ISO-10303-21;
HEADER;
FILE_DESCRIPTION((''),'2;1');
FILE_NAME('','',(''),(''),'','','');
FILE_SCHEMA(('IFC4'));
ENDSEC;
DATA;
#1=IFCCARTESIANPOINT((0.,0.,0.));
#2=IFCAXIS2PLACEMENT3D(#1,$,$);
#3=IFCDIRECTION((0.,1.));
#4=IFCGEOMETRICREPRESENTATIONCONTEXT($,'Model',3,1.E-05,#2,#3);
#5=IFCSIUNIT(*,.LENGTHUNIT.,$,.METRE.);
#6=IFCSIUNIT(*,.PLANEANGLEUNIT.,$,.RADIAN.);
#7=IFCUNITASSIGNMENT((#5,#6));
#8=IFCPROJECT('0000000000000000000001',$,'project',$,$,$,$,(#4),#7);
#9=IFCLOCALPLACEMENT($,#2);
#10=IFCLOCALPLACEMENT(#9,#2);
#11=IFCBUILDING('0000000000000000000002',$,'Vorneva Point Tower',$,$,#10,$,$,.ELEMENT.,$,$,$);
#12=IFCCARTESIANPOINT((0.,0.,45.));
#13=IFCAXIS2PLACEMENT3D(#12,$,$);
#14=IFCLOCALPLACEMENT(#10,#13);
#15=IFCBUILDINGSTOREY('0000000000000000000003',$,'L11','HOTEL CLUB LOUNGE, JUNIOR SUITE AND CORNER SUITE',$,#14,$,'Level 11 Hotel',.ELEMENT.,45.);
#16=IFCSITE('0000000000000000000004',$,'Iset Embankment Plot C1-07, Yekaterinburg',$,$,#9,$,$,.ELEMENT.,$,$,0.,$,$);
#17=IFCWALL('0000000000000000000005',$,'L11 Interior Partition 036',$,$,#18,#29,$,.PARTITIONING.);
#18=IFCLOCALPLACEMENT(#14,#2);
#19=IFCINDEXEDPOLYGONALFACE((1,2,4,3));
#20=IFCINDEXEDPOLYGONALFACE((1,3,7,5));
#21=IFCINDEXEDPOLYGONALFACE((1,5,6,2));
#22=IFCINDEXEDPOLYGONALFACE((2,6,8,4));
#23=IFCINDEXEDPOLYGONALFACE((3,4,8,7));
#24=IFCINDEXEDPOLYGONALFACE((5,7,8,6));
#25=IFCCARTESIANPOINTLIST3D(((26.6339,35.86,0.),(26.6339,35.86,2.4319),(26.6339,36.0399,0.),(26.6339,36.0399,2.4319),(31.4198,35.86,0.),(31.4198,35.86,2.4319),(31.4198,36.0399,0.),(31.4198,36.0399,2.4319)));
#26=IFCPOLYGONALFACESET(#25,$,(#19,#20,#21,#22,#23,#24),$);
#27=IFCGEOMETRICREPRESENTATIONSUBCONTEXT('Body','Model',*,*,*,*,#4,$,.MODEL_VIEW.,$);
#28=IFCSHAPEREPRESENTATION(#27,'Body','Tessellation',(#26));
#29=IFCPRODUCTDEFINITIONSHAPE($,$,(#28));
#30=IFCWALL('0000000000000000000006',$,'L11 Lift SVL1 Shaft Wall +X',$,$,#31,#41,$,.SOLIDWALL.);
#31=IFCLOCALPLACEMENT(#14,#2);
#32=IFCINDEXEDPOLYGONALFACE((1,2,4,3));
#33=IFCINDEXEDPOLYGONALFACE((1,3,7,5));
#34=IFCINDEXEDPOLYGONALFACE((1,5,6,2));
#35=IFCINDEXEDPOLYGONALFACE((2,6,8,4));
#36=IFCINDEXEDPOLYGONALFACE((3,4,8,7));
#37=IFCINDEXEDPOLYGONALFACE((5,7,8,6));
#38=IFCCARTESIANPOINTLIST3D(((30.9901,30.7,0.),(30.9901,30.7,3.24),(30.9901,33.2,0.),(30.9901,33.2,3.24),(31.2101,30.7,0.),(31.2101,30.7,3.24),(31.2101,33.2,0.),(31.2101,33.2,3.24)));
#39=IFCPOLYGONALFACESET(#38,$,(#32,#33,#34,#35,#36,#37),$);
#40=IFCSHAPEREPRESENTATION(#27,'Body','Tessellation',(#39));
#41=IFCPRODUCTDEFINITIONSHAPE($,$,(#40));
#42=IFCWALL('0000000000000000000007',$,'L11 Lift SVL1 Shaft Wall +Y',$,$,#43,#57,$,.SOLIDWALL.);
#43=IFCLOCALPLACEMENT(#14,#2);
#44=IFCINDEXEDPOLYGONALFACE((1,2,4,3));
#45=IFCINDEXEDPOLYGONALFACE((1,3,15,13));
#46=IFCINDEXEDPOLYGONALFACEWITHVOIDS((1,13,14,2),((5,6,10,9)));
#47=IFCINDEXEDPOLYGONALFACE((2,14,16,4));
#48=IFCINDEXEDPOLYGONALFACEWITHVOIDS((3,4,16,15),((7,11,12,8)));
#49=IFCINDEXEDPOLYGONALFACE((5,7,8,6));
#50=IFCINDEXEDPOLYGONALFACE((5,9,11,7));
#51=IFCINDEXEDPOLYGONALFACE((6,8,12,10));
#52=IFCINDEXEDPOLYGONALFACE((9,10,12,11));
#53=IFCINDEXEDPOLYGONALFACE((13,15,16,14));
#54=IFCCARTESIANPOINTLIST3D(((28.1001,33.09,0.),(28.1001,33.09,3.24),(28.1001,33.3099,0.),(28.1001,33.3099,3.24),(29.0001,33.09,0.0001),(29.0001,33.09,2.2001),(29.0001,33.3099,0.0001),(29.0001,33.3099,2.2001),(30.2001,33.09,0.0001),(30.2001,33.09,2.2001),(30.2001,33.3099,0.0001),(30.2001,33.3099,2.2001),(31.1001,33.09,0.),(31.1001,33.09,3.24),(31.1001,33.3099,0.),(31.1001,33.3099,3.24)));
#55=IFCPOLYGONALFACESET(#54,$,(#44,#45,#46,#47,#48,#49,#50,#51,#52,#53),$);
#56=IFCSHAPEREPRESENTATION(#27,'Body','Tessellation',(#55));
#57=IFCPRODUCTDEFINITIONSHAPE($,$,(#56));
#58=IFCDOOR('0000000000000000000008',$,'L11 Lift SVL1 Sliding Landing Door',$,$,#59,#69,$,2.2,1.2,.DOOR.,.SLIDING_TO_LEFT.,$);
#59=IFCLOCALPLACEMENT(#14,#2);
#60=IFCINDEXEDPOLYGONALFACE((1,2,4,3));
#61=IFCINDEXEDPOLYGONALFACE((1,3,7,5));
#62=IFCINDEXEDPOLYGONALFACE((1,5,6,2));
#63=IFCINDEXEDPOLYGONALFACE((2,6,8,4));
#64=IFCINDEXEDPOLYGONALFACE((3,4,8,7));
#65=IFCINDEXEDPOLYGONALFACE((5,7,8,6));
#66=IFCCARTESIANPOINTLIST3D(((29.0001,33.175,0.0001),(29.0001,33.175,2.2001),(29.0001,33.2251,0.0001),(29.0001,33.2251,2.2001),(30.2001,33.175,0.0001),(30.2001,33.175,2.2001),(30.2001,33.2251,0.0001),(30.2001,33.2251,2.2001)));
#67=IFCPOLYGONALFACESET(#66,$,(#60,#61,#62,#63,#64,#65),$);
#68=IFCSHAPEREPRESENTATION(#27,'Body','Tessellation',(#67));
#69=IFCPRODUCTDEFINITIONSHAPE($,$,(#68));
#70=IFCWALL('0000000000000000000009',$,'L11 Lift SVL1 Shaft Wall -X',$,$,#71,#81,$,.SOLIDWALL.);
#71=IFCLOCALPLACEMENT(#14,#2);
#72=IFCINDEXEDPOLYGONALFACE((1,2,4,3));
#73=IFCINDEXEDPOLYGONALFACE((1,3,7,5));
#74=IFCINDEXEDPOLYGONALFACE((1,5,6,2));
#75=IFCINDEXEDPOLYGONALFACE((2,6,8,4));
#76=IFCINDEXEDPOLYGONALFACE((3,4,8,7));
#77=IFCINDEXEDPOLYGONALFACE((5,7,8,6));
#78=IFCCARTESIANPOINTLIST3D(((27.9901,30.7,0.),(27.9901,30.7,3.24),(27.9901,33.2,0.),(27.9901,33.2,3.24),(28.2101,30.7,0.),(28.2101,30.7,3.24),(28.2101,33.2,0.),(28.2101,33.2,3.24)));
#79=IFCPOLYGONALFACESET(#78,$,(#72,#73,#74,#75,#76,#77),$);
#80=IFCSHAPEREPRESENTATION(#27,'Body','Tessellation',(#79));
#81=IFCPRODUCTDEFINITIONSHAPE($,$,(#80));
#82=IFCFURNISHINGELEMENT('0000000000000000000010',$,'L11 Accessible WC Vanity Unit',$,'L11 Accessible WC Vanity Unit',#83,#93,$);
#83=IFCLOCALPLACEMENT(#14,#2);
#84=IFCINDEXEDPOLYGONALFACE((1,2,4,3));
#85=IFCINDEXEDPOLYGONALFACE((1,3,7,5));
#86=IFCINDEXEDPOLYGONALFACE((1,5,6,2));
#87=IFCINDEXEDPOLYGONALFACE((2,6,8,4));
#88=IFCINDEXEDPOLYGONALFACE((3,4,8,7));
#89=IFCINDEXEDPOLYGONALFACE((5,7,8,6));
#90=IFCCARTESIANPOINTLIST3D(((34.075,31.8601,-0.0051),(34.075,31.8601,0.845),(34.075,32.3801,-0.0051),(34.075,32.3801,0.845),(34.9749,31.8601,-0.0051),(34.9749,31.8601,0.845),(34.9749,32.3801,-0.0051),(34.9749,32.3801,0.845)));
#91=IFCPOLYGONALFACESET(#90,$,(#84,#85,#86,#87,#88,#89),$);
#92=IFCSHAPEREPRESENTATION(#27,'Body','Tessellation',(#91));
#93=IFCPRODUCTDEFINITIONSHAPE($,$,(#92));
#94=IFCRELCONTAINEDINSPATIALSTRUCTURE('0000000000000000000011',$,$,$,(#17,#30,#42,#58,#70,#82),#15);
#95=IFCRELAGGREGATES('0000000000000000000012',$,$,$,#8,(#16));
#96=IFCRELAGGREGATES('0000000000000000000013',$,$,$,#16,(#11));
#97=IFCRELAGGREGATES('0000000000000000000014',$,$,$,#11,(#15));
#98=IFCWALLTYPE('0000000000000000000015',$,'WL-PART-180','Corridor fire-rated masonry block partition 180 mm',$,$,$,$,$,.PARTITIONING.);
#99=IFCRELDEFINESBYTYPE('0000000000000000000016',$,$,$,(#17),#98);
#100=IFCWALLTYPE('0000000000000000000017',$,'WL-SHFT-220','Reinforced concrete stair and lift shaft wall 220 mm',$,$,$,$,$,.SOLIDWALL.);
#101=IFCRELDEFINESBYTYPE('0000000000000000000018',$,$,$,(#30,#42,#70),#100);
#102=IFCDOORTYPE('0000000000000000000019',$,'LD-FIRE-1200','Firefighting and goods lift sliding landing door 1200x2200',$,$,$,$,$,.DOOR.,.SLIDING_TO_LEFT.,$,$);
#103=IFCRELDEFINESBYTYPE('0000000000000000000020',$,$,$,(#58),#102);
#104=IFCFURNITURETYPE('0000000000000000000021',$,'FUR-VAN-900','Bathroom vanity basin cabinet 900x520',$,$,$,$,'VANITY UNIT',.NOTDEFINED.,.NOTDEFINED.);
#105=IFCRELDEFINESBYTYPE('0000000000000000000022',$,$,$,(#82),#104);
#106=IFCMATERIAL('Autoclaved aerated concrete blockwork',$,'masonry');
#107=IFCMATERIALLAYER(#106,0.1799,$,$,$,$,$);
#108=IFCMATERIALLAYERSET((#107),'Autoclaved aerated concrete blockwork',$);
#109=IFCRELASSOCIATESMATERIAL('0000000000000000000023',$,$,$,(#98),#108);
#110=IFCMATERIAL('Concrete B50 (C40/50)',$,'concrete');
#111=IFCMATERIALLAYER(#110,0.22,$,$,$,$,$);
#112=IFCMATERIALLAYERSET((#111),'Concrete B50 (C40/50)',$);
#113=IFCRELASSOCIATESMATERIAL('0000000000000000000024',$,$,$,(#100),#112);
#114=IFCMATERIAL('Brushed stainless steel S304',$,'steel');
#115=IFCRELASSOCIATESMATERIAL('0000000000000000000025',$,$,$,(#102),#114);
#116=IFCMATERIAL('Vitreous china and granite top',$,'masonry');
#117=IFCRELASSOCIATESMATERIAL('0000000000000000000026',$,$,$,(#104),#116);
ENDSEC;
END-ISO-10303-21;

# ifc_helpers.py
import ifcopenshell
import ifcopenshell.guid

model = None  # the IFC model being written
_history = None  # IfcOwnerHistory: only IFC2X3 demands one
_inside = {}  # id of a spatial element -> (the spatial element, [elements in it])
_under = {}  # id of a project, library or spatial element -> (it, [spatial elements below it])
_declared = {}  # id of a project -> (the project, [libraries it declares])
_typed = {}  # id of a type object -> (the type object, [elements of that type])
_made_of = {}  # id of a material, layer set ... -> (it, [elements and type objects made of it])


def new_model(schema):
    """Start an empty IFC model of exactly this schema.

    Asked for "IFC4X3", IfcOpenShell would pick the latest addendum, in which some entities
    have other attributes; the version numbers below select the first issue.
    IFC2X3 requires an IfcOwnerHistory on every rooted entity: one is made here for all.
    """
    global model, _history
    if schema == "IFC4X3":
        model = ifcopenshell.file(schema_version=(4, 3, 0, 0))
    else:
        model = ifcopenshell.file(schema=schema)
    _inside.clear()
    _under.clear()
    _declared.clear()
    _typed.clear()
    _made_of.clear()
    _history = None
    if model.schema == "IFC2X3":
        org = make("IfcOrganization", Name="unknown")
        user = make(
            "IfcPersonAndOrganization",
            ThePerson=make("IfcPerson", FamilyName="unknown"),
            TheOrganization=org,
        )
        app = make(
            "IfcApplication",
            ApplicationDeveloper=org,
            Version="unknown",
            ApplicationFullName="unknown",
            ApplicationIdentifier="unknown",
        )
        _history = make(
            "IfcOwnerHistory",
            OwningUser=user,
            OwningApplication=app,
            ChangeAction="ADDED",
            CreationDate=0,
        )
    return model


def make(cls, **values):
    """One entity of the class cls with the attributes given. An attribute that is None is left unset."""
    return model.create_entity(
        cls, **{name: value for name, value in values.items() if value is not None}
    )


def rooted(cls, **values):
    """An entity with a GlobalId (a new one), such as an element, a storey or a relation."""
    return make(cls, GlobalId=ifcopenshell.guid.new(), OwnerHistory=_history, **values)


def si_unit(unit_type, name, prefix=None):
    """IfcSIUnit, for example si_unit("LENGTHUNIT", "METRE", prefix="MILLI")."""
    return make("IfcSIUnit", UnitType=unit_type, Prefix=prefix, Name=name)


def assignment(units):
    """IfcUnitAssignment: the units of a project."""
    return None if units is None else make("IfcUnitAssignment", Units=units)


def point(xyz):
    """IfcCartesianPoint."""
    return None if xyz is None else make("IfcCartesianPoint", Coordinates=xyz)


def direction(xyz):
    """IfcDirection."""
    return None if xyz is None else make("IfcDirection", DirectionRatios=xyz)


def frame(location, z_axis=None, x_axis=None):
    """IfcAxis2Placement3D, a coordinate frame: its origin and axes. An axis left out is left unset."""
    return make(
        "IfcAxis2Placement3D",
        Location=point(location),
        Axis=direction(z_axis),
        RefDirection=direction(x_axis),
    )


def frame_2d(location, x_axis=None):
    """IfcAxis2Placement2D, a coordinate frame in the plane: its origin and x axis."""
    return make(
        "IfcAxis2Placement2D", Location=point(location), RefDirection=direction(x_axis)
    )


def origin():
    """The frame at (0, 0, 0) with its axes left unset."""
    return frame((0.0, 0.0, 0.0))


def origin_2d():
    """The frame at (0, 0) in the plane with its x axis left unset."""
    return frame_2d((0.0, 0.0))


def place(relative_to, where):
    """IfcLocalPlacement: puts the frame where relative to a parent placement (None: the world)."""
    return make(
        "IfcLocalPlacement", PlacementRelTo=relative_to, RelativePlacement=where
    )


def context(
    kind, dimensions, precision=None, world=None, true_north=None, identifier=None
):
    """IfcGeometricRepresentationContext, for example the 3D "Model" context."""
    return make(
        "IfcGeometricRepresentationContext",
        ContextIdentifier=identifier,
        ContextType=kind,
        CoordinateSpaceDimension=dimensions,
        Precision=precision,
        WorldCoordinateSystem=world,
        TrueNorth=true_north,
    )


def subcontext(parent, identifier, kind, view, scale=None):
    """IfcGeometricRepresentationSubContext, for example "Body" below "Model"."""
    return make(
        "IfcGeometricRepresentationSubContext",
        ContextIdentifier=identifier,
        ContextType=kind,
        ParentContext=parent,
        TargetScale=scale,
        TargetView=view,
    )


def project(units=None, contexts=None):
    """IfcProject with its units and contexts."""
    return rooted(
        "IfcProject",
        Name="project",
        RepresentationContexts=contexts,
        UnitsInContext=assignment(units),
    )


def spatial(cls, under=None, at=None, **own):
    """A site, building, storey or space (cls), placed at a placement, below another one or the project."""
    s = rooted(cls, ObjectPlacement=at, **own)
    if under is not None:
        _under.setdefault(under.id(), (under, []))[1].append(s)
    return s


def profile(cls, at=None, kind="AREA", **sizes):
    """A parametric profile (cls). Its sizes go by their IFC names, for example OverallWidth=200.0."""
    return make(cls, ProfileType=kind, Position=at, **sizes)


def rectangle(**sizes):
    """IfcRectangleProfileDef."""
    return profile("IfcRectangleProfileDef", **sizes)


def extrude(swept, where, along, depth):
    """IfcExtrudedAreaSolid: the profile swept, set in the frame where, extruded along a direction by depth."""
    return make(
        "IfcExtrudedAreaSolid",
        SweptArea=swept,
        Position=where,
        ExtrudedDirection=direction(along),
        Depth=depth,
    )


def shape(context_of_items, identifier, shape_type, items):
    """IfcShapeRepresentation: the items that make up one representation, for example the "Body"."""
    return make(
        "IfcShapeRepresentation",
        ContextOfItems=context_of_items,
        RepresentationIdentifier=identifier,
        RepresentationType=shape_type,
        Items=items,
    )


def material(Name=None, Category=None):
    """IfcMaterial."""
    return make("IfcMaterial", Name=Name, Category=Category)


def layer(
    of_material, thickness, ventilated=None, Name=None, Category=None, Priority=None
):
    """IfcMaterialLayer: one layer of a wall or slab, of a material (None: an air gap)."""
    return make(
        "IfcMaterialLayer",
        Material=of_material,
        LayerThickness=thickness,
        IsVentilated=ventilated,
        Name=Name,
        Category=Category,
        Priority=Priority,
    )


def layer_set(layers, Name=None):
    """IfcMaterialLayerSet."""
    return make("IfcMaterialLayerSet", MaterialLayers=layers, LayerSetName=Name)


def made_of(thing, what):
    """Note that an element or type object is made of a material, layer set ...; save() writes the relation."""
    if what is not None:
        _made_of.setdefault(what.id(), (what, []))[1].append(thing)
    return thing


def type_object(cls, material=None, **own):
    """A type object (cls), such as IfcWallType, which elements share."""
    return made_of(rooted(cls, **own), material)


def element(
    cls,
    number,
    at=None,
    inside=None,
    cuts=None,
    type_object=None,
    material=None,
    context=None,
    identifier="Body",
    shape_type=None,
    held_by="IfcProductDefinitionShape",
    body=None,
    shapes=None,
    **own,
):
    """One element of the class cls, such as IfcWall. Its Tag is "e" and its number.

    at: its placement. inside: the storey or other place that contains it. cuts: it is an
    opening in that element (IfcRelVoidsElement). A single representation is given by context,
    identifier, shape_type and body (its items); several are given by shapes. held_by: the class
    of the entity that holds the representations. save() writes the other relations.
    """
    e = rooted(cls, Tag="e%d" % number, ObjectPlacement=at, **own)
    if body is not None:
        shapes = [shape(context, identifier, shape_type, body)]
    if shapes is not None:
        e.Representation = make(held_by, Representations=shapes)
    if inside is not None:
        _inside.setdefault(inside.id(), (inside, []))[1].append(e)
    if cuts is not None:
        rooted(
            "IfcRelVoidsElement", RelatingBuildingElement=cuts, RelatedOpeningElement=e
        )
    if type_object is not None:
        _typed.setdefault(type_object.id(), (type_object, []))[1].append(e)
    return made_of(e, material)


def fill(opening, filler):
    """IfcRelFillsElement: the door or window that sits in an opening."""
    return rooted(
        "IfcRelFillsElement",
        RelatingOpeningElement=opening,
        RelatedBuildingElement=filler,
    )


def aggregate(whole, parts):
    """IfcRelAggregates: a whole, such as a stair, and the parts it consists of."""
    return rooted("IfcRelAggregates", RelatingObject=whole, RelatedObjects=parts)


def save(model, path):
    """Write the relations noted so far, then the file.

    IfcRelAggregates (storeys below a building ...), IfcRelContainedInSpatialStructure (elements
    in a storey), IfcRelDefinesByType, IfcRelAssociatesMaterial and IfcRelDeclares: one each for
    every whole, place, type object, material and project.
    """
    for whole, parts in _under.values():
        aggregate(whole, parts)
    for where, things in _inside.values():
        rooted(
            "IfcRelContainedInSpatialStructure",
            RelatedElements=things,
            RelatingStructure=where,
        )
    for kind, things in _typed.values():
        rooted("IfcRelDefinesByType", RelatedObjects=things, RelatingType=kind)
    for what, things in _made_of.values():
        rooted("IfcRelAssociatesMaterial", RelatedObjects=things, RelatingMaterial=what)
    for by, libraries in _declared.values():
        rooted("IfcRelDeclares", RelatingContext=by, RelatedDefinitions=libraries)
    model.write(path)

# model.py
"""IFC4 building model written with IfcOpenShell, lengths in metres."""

from ifc_helpers import new_model, si_unit, direction, frame, frame_2d, origin, origin_2d, place, context, subcontext, project, spatial, rectangle, extrude, material, layer, layer_set, type_object, element, fill, save


model = new_model("IFC4")

# Units and contexts
model_context = context("Model", 3, precision=1e-05, world=origin(), true_north=direction((0.0, 1.0)))
body_context = subcontext(model_context, "Body", "Model", "MODEL_VIEW")
ifc_project = project(units=[si_unit("LENGTHUNIT", "METRE"), si_unit("PLANEANGLEUNIT", "RADIAN")], contexts=[model_context])

# Site, building, storey
site_placement = place(None, origin())
site = spatial("IfcSite", under=ifc_project, at=site_placement, Name="Iset Embankment Plot C1-07, Yekaterinburg", CompositionType="ELEMENT", RefElevation=0.0)
building_placement = place(site_placement, origin())
building = spatial("IfcBuilding", under=site, at=building_placement, Name="Vorneva Point Tower", CompositionType="ELEMENT")
storey_placement = place(building_placement, frame((0.0, 0.0, 45.0)))
storey = spatial("IfcBuildingStorey", under=building, at=storey_placement, Name="L11", Description="HOTEL CLUB LOUNGE, JUNIOR SUITE AND CORNER SUITE", LongName="Level 11 Hotel", CompositionType="ELEMENT", Elevation=45.0)

# Shared definitions
ifc_material_1 = material(Name="Autoclaved aerated concrete blockwork", Category="masonry")
ifc_layer_1 = layer(ifc_material_1, 0.1799)
ifc_layer_set_1 = layer_set([ifc_layer_1], Name="Autoclaved aerated concrete blockwork")
wall_type_1 = type_object("IfcWallType", Name="WL-PART-180", Description="Corridor fire-rated masonry block partition 180 mm", PredefinedType="PARTITIONING", material=ifc_layer_set_1)

# Walls
wall_1_placement = place(storey_placement, frame((31.4199, 35.95, 0.0), z_axis=(0.0, 0.0, 1.0), x_axis=(-1.0, 0.0, 0.0)))
element("IfcWall", 1, at=wall_1_placement, inside=storey, type_object=wall_type_1, Name="L11 Interior Partition 036", PredefinedType="PARTITIONING", context=body_context, shape_type="SweptSolid", body=[
    extrude(rectangle(XDim=4.7859, YDim=0.1799, at=frame_2d((2.3931, 0.0))), origin(), (0.0, 0.0, 1.0), 2.4319),
])
ifc_material_2 = material(Name="Concrete B50 (C40/50)", Category="concrete")
ifc_layer_2 = layer(ifc_material_2, 0.22)
ifc_layer_set_2 = layer_set([ifc_layer_2], Name="Concrete B50 (C40/50)")
wall_type_2 = type_object("IfcWallType", Name="WL-SHFT-220", Description="Reinforced concrete stair and lift shaft wall 220 mm", PredefinedType="SOLIDWALL", material=ifc_layer_set_2)
wall_2_placement = place(storey_placement, frame((31.1001, 30.7, 0.0), z_axis=(0.0, 0.0, 1.0), x_axis=(0.0, 1.0, 0.0)))
element("IfcWall", 2, at=wall_2_placement, inside=storey, type_object=wall_type_2, Name="L11 Lift SVL1 Shaft Wall +X", PredefinedType="SOLIDWALL", context=body_context, shape_type="SweptSolid", body=[
    extrude(rectangle(XDim=2.5, YDim=0.22, at=frame_2d((1.25, 0.0))), origin(), (0.0, 0.0, 1.0), 3.24),
])

# Wall, opening, door
wall_3_placement = place(storey_placement, frame((31.1001, 33.2, 0.0), z_axis=(0.0, 0.0, 1.0), x_axis=(-1.0, 0.0, 0.0)))
wall_3 = element("IfcWall", 3, at=wall_3_placement, inside=storey, type_object=wall_type_2, Name="L11 Lift SVL1 Shaft Wall +Y", PredefinedType="SOLIDWALL", context=body_context, shape_type="SweptSolid", body=[
    extrude(rectangle(XDim=3.0, YDim=0.22, at=frame_2d((1.5, 0.0))), origin(), (0.0, 0.0, 1.0), 3.24),
])
opening_1_placement = place(wall_3_placement, frame((0.8999, 0.0, 0.0)))
opening_1 = element("IfcOpeningElement", 4, at=opening_1_placement, cuts=wall_3, PredefinedType="OPENING", context=body_context, shape_type="SweptSolid", body=[
    extrude(rectangle(XDim=1.2, YDim=2.2, at=frame_2d((0.6001, 1.1001))), frame((0.0, 0.125, 0.0), z_axis=(0.0, -1.0, 0.0), x_axis=(1.0, 0.0, 0.0)), (0.0, 0.0, 1.0), 0.2498),
])
ifc_material_3 = material(Name="Brushed stainless steel S304", Category="steel")
door_type_1 = type_object("IfcDoorType", Name="LD-FIRE-1200", Description="Firefighting and goods lift sliding landing door 1200x2200", OperationType="SLIDING_TO_LEFT", PredefinedType="DOOR", material=ifc_material_3)
door_1_placement = place(opening_1_placement, origin())
door_1 = element("IfcDoor", 5, at=door_1_placement, inside=storey, type_object=door_type_1, Name="L11 Lift SVL1 Sliding Landing Door", OperationType="SLIDING_TO_LEFT", OverallHeight=2.2, OverallWidth=1.2, PredefinedType="DOOR", context=body_context, shape_type="SweptSolid", body=[
    extrude(rectangle(XDim=1.2, YDim=2.2, at=frame_2d((0.6001, 1.1001))), frame((0.0, 0.0249, 0.0), z_axis=(0.0, -1.0, 0.0), x_axis=(1.0, 0.0, 0.0)), (0.0, 0.0, 1.0), 0.05),
])
fill(opening_1, door_1)

# Wall
wall_4_placement = place(storey_placement, frame((28.1001, 33.2, 0.0), z_axis=(0.0, 0.0, 1.0), x_axis=(0.0, -1.0, 0.0)))
element("IfcWall", 6, at=wall_4_placement, inside=storey, type_object=wall_type_2, Name="L11 Lift SVL1 Shaft Wall -X", PredefinedType="SOLIDWALL", context=body_context, shape_type="SweptSolid", body=[
    extrude(rectangle(XDim=2.5, YDim=0.22, at=frame_2d((1.25, 0.0))), origin(), (0.0, 0.0, 1.0), 3.24),
])

# Furnishing element
ifc_material_4 = material(Name="Vitreous china and granite top", Category="masonry")
furniture_type = type_object("IfcFurnitureType", Name="FUR-VAN-900", Description="Bathroom vanity basin cabinet 900x520", ElementType="VANITY UNIT", AssemblyPlace="NOTDEFINED", PredefinedType="NOTDEFINED", material=ifc_material_4)
furnishing_placement = place(storey_placement, frame((34.5249, 32.1201, -0.0051), z_axis=(0.0, 0.0, 1.0), x_axis=(1.0, 0.0, 0.0)))
element("IfcFurnishingElement", 7, at=furnishing_placement, inside=storey, type_object=furniture_type, Name="L11 Accessible WC Vanity Unit", ObjectType="L11 Accessible WC Vanity Unit", context=body_context, shape_type="SweptSolid", body=[
    extrude(rectangle(XDim=0.8999, YDim=0.52, at=origin_2d()), origin(), (0.0, 0.0, 1.0), 0.8501),
])

save(model, "model.ifc")
